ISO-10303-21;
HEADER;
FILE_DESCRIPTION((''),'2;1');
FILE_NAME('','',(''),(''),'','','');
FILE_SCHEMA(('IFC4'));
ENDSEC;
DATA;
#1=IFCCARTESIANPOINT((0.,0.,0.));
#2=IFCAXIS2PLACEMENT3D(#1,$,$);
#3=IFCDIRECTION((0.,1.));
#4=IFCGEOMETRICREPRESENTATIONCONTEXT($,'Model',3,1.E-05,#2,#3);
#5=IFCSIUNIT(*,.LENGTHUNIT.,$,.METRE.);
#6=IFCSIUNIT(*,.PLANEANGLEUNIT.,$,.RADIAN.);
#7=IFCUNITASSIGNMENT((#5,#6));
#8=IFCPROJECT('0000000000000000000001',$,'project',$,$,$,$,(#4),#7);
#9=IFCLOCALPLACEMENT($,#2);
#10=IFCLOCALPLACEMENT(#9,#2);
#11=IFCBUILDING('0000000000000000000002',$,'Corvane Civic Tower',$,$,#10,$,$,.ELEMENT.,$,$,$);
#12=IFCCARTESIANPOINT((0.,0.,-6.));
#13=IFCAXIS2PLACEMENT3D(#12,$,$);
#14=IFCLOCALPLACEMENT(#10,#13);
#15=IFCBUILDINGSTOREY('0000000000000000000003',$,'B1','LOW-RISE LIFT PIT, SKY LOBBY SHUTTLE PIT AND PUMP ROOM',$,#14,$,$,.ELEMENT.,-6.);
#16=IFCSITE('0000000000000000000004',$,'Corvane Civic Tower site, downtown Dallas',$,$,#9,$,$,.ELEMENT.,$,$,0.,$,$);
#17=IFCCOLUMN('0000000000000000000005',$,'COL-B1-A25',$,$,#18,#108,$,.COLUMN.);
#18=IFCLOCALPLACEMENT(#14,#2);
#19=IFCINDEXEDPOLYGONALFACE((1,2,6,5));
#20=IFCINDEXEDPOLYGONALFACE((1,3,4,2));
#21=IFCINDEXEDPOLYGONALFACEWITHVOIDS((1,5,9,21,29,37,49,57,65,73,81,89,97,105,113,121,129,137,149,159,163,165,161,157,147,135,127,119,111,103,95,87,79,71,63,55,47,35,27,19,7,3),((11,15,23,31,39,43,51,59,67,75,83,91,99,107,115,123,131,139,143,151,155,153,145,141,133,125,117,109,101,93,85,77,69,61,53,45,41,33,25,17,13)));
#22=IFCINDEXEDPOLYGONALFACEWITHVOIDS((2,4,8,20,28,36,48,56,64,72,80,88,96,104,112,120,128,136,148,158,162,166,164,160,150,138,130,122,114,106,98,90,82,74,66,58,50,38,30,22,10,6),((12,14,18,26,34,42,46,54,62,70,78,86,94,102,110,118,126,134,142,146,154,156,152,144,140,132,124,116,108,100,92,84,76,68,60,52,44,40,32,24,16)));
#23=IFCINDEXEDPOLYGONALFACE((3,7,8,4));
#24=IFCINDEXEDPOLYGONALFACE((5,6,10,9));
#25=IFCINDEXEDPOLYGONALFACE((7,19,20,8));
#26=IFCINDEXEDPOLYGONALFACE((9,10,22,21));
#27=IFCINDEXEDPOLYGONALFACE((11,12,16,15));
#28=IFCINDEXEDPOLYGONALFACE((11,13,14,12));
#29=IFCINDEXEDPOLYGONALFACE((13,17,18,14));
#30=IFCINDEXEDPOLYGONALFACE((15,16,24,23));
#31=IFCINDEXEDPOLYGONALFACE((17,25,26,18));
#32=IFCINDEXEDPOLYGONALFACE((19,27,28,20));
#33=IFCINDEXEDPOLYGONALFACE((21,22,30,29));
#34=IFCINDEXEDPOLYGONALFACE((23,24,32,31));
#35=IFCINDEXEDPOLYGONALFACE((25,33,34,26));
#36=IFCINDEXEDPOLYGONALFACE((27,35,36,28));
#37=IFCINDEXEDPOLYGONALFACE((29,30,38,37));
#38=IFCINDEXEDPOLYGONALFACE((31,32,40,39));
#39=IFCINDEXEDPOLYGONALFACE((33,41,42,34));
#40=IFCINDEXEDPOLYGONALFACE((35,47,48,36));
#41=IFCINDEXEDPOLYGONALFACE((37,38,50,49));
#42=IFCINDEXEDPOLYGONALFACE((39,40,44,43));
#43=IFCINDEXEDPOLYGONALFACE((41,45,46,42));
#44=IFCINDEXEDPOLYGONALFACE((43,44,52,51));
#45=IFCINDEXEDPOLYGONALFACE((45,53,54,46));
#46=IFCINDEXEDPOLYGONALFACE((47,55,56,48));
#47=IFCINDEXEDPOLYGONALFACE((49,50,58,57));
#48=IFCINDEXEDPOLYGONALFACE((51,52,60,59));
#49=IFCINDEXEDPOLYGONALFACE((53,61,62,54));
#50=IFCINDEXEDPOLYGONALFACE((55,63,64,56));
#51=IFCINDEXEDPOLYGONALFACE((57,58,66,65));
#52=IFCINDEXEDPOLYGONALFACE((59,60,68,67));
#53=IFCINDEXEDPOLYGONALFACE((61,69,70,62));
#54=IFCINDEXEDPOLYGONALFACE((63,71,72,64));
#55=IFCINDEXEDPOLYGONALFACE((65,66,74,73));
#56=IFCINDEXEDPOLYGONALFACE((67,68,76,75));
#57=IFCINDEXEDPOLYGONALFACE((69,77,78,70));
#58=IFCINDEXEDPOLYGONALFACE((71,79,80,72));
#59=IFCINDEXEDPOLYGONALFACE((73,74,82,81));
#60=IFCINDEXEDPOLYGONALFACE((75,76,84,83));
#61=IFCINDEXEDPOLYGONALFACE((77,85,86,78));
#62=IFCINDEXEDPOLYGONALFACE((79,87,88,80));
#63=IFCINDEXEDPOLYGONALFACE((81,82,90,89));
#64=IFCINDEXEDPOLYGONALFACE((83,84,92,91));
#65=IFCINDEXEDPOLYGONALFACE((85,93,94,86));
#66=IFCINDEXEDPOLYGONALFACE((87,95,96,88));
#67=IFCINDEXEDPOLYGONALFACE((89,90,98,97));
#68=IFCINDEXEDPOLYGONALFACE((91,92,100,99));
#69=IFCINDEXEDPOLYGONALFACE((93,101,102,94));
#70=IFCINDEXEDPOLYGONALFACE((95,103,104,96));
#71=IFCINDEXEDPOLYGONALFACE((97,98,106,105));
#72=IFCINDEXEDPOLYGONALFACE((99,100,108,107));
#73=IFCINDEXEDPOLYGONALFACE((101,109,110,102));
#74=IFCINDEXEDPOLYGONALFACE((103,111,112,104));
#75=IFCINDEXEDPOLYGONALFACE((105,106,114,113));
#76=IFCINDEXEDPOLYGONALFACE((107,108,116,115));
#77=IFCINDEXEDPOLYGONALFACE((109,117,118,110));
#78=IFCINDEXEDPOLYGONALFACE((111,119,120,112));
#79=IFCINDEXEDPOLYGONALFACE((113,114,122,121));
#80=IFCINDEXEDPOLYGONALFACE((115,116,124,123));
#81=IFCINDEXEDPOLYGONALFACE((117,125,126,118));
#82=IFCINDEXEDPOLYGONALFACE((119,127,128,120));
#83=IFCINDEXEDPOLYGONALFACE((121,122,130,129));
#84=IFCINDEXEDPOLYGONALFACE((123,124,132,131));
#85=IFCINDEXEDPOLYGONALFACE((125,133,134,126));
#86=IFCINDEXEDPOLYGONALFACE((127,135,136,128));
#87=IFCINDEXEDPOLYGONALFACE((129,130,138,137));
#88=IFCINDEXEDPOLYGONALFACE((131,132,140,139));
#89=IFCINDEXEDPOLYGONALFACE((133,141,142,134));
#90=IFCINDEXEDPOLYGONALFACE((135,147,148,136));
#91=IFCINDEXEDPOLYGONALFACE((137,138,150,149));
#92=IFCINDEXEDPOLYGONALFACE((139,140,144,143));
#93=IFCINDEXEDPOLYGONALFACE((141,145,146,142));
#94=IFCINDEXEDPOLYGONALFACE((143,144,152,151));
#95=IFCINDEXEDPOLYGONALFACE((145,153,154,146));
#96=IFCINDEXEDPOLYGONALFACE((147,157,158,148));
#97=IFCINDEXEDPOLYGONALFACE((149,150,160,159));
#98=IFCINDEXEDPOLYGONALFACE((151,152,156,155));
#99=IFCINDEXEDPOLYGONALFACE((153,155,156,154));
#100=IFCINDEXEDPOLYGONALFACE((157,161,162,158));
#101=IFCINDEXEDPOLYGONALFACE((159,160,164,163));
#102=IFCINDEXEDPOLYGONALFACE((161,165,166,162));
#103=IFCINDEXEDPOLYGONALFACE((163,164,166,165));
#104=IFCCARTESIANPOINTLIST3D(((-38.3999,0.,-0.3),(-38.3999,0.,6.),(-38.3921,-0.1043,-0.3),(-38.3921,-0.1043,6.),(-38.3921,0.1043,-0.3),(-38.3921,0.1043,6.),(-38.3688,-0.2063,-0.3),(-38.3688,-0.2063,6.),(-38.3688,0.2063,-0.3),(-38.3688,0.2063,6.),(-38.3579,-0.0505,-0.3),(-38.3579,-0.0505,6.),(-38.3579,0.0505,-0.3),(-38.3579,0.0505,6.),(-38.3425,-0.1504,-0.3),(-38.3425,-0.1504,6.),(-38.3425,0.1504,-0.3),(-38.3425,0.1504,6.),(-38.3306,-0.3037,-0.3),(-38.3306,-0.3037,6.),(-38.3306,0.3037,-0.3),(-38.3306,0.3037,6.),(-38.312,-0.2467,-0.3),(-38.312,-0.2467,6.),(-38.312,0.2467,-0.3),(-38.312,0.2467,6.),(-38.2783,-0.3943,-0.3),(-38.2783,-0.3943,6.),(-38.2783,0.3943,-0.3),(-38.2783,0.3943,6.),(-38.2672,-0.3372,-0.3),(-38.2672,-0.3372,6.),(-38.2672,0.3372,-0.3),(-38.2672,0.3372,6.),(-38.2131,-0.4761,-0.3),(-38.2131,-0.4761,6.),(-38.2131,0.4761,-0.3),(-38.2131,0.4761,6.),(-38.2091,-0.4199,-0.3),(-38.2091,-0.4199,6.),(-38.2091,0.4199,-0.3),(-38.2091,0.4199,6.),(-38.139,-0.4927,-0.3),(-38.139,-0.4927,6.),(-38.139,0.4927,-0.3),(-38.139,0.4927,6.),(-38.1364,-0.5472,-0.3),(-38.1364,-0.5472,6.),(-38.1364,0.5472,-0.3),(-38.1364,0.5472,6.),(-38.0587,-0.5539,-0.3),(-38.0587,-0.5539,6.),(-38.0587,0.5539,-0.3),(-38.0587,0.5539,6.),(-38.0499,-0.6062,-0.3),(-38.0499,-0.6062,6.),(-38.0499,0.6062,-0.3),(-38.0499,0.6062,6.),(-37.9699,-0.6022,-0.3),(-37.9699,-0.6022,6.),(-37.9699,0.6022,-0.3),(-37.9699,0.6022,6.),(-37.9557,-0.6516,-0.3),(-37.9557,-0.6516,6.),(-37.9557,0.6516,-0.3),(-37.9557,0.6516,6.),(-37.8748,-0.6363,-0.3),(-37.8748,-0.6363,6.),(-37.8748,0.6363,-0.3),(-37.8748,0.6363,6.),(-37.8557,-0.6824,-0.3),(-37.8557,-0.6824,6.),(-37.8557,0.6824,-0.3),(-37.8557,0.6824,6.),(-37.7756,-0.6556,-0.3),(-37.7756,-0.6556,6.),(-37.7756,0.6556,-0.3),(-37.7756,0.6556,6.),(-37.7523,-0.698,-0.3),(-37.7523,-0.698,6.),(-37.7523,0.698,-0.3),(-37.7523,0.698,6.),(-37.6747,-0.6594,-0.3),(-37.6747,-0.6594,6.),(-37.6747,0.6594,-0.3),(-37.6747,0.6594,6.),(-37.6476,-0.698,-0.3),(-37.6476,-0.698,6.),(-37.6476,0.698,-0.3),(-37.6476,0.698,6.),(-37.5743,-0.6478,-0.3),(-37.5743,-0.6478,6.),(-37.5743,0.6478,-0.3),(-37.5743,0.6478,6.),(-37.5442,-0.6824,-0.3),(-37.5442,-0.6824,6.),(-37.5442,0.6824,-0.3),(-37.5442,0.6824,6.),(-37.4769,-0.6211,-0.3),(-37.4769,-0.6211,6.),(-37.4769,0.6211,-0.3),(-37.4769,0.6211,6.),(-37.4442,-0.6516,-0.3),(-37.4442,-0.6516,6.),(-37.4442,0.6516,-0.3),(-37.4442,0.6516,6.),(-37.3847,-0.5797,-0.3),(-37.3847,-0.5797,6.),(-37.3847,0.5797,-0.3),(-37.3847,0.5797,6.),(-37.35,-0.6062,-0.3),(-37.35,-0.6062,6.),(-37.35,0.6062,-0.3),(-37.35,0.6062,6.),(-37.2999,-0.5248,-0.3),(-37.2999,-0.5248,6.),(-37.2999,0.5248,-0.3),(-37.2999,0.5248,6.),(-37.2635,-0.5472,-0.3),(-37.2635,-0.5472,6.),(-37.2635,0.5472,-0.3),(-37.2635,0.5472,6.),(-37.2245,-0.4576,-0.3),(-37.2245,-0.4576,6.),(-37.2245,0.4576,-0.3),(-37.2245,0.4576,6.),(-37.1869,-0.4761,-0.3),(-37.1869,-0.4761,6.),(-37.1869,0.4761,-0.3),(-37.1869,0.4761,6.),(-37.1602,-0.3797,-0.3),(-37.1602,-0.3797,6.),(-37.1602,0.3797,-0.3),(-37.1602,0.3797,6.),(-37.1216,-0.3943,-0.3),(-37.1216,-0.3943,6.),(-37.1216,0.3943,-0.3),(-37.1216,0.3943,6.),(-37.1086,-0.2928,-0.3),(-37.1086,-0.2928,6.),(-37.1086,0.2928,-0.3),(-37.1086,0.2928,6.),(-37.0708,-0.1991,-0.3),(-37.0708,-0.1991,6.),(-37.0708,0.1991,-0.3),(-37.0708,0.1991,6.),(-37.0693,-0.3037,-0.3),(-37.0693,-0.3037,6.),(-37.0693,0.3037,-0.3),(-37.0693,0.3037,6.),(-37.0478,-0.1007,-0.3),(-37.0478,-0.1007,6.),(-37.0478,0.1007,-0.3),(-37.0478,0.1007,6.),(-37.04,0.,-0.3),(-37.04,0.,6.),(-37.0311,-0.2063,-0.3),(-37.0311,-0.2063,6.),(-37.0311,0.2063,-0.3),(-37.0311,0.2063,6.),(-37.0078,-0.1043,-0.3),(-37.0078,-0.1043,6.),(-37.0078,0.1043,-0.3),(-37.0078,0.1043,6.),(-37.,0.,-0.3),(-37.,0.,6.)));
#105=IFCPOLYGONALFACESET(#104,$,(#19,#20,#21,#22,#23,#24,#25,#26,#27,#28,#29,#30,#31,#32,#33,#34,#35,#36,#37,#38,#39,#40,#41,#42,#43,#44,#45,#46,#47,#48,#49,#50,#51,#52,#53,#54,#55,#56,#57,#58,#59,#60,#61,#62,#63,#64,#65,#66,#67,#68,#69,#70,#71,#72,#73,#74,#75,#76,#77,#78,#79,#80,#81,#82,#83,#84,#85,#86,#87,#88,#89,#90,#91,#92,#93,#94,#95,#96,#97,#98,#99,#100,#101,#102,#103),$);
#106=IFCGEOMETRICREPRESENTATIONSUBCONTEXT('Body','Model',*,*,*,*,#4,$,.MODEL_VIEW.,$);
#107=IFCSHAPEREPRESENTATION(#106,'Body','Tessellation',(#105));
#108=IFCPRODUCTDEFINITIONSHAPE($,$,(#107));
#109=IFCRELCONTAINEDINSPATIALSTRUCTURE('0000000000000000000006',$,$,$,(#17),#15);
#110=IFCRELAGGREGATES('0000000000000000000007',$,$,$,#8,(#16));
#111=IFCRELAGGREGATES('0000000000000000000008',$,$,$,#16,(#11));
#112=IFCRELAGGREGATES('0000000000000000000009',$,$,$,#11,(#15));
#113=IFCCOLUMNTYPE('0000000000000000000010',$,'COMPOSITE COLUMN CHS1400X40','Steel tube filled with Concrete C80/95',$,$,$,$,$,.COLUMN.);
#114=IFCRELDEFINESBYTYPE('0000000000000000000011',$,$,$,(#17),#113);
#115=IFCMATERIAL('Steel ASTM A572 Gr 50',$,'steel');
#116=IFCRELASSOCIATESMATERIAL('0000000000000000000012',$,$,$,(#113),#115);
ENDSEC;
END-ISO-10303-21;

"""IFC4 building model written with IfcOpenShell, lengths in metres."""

from ifc_helpers import new_model, si_unit, direction, frame, origin, origin_2d, place, context, subcontext, project, spatial, hollow_circle, extrude, material, material_profile, profile_set, type_object, element, save


model = new_model("IFC4")

# Units and contexts
model_context = context("Model", 3, precision=1e-05, world=origin(), true_north=direction((0.0, 1.0)))
body_context = subcontext(model_context, "Body", "Model", "MODEL_VIEW")
ifc_project = project(units=[si_unit("LENGTHUNIT", "METRE"), si_unit("PLANEANGLEUNIT", "RADIAN")], contexts=[model_context])

# Site, building, storey
site_placement = place(None, origin())
site = spatial("IfcSite", under=ifc_project, at=site_placement, Name="Corvane Civic Tower site, downtown Dallas", CompositionType="ELEMENT", RefElevation=0.0)
building_placement = place(site_placement, origin())
building = spatial("IfcBuilding", under=site, at=building_placement, Name="Corvane Civic Tower", CompositionType="ELEMENT")
storey_placement = place(building_placement, frame((0.0, 0.0, -6.0)))
storey = spatial("IfcBuildingStorey", under=building, at=storey_placement, Name="B1", Description="LOW-RISE LIFT PIT, SKY LOBBY SHUTTLE PIT AND PUMP ROOM", CompositionType="ELEMENT", Elevation=-6.0)

# Column
ifc_material_1 = material(Name="Steel ASTM A572 Gr 50", Category="steel")
ifc_material_profile_1 = material_profile(ifc_material_1, hollow_circle(Radius=0.7, WallThickness=0.04, at=origin_2d()), Name="CHS1400X40")
ifc_profile_set_1 = profile_set([ifc_material_profile_1], Name="Steel ASTM A572 Gr 50")
column_type_1 = type_object("IfcColumnType", Name="COMPOSITE COLUMN CHS1400X40", Description="Steel tube filled with Concrete C80/95", PredefinedType="COLUMN", material=ifc_profile_set_1)
column_placement = place(storey_placement, frame((-37.7, 0.0, -0.3), z_axis=(0.0, 0.0, 1.0), x_axis=(1.0, 0.0, 0.0)))
element("IfcColumn", 1, at=column_placement, inside=storey, type_object=column_type_1, Name="COL-B1-A25", PredefinedType="COLUMN", context=body_context, shape_type="SweptSolid", body=[
    extrude(hollow_circle(Radius=0.7, WallThickness=0.04, at=origin_2d()), origin(), (0.0, 0.0, 1.0), 6.3),
])

save(model, "model.ifc")
